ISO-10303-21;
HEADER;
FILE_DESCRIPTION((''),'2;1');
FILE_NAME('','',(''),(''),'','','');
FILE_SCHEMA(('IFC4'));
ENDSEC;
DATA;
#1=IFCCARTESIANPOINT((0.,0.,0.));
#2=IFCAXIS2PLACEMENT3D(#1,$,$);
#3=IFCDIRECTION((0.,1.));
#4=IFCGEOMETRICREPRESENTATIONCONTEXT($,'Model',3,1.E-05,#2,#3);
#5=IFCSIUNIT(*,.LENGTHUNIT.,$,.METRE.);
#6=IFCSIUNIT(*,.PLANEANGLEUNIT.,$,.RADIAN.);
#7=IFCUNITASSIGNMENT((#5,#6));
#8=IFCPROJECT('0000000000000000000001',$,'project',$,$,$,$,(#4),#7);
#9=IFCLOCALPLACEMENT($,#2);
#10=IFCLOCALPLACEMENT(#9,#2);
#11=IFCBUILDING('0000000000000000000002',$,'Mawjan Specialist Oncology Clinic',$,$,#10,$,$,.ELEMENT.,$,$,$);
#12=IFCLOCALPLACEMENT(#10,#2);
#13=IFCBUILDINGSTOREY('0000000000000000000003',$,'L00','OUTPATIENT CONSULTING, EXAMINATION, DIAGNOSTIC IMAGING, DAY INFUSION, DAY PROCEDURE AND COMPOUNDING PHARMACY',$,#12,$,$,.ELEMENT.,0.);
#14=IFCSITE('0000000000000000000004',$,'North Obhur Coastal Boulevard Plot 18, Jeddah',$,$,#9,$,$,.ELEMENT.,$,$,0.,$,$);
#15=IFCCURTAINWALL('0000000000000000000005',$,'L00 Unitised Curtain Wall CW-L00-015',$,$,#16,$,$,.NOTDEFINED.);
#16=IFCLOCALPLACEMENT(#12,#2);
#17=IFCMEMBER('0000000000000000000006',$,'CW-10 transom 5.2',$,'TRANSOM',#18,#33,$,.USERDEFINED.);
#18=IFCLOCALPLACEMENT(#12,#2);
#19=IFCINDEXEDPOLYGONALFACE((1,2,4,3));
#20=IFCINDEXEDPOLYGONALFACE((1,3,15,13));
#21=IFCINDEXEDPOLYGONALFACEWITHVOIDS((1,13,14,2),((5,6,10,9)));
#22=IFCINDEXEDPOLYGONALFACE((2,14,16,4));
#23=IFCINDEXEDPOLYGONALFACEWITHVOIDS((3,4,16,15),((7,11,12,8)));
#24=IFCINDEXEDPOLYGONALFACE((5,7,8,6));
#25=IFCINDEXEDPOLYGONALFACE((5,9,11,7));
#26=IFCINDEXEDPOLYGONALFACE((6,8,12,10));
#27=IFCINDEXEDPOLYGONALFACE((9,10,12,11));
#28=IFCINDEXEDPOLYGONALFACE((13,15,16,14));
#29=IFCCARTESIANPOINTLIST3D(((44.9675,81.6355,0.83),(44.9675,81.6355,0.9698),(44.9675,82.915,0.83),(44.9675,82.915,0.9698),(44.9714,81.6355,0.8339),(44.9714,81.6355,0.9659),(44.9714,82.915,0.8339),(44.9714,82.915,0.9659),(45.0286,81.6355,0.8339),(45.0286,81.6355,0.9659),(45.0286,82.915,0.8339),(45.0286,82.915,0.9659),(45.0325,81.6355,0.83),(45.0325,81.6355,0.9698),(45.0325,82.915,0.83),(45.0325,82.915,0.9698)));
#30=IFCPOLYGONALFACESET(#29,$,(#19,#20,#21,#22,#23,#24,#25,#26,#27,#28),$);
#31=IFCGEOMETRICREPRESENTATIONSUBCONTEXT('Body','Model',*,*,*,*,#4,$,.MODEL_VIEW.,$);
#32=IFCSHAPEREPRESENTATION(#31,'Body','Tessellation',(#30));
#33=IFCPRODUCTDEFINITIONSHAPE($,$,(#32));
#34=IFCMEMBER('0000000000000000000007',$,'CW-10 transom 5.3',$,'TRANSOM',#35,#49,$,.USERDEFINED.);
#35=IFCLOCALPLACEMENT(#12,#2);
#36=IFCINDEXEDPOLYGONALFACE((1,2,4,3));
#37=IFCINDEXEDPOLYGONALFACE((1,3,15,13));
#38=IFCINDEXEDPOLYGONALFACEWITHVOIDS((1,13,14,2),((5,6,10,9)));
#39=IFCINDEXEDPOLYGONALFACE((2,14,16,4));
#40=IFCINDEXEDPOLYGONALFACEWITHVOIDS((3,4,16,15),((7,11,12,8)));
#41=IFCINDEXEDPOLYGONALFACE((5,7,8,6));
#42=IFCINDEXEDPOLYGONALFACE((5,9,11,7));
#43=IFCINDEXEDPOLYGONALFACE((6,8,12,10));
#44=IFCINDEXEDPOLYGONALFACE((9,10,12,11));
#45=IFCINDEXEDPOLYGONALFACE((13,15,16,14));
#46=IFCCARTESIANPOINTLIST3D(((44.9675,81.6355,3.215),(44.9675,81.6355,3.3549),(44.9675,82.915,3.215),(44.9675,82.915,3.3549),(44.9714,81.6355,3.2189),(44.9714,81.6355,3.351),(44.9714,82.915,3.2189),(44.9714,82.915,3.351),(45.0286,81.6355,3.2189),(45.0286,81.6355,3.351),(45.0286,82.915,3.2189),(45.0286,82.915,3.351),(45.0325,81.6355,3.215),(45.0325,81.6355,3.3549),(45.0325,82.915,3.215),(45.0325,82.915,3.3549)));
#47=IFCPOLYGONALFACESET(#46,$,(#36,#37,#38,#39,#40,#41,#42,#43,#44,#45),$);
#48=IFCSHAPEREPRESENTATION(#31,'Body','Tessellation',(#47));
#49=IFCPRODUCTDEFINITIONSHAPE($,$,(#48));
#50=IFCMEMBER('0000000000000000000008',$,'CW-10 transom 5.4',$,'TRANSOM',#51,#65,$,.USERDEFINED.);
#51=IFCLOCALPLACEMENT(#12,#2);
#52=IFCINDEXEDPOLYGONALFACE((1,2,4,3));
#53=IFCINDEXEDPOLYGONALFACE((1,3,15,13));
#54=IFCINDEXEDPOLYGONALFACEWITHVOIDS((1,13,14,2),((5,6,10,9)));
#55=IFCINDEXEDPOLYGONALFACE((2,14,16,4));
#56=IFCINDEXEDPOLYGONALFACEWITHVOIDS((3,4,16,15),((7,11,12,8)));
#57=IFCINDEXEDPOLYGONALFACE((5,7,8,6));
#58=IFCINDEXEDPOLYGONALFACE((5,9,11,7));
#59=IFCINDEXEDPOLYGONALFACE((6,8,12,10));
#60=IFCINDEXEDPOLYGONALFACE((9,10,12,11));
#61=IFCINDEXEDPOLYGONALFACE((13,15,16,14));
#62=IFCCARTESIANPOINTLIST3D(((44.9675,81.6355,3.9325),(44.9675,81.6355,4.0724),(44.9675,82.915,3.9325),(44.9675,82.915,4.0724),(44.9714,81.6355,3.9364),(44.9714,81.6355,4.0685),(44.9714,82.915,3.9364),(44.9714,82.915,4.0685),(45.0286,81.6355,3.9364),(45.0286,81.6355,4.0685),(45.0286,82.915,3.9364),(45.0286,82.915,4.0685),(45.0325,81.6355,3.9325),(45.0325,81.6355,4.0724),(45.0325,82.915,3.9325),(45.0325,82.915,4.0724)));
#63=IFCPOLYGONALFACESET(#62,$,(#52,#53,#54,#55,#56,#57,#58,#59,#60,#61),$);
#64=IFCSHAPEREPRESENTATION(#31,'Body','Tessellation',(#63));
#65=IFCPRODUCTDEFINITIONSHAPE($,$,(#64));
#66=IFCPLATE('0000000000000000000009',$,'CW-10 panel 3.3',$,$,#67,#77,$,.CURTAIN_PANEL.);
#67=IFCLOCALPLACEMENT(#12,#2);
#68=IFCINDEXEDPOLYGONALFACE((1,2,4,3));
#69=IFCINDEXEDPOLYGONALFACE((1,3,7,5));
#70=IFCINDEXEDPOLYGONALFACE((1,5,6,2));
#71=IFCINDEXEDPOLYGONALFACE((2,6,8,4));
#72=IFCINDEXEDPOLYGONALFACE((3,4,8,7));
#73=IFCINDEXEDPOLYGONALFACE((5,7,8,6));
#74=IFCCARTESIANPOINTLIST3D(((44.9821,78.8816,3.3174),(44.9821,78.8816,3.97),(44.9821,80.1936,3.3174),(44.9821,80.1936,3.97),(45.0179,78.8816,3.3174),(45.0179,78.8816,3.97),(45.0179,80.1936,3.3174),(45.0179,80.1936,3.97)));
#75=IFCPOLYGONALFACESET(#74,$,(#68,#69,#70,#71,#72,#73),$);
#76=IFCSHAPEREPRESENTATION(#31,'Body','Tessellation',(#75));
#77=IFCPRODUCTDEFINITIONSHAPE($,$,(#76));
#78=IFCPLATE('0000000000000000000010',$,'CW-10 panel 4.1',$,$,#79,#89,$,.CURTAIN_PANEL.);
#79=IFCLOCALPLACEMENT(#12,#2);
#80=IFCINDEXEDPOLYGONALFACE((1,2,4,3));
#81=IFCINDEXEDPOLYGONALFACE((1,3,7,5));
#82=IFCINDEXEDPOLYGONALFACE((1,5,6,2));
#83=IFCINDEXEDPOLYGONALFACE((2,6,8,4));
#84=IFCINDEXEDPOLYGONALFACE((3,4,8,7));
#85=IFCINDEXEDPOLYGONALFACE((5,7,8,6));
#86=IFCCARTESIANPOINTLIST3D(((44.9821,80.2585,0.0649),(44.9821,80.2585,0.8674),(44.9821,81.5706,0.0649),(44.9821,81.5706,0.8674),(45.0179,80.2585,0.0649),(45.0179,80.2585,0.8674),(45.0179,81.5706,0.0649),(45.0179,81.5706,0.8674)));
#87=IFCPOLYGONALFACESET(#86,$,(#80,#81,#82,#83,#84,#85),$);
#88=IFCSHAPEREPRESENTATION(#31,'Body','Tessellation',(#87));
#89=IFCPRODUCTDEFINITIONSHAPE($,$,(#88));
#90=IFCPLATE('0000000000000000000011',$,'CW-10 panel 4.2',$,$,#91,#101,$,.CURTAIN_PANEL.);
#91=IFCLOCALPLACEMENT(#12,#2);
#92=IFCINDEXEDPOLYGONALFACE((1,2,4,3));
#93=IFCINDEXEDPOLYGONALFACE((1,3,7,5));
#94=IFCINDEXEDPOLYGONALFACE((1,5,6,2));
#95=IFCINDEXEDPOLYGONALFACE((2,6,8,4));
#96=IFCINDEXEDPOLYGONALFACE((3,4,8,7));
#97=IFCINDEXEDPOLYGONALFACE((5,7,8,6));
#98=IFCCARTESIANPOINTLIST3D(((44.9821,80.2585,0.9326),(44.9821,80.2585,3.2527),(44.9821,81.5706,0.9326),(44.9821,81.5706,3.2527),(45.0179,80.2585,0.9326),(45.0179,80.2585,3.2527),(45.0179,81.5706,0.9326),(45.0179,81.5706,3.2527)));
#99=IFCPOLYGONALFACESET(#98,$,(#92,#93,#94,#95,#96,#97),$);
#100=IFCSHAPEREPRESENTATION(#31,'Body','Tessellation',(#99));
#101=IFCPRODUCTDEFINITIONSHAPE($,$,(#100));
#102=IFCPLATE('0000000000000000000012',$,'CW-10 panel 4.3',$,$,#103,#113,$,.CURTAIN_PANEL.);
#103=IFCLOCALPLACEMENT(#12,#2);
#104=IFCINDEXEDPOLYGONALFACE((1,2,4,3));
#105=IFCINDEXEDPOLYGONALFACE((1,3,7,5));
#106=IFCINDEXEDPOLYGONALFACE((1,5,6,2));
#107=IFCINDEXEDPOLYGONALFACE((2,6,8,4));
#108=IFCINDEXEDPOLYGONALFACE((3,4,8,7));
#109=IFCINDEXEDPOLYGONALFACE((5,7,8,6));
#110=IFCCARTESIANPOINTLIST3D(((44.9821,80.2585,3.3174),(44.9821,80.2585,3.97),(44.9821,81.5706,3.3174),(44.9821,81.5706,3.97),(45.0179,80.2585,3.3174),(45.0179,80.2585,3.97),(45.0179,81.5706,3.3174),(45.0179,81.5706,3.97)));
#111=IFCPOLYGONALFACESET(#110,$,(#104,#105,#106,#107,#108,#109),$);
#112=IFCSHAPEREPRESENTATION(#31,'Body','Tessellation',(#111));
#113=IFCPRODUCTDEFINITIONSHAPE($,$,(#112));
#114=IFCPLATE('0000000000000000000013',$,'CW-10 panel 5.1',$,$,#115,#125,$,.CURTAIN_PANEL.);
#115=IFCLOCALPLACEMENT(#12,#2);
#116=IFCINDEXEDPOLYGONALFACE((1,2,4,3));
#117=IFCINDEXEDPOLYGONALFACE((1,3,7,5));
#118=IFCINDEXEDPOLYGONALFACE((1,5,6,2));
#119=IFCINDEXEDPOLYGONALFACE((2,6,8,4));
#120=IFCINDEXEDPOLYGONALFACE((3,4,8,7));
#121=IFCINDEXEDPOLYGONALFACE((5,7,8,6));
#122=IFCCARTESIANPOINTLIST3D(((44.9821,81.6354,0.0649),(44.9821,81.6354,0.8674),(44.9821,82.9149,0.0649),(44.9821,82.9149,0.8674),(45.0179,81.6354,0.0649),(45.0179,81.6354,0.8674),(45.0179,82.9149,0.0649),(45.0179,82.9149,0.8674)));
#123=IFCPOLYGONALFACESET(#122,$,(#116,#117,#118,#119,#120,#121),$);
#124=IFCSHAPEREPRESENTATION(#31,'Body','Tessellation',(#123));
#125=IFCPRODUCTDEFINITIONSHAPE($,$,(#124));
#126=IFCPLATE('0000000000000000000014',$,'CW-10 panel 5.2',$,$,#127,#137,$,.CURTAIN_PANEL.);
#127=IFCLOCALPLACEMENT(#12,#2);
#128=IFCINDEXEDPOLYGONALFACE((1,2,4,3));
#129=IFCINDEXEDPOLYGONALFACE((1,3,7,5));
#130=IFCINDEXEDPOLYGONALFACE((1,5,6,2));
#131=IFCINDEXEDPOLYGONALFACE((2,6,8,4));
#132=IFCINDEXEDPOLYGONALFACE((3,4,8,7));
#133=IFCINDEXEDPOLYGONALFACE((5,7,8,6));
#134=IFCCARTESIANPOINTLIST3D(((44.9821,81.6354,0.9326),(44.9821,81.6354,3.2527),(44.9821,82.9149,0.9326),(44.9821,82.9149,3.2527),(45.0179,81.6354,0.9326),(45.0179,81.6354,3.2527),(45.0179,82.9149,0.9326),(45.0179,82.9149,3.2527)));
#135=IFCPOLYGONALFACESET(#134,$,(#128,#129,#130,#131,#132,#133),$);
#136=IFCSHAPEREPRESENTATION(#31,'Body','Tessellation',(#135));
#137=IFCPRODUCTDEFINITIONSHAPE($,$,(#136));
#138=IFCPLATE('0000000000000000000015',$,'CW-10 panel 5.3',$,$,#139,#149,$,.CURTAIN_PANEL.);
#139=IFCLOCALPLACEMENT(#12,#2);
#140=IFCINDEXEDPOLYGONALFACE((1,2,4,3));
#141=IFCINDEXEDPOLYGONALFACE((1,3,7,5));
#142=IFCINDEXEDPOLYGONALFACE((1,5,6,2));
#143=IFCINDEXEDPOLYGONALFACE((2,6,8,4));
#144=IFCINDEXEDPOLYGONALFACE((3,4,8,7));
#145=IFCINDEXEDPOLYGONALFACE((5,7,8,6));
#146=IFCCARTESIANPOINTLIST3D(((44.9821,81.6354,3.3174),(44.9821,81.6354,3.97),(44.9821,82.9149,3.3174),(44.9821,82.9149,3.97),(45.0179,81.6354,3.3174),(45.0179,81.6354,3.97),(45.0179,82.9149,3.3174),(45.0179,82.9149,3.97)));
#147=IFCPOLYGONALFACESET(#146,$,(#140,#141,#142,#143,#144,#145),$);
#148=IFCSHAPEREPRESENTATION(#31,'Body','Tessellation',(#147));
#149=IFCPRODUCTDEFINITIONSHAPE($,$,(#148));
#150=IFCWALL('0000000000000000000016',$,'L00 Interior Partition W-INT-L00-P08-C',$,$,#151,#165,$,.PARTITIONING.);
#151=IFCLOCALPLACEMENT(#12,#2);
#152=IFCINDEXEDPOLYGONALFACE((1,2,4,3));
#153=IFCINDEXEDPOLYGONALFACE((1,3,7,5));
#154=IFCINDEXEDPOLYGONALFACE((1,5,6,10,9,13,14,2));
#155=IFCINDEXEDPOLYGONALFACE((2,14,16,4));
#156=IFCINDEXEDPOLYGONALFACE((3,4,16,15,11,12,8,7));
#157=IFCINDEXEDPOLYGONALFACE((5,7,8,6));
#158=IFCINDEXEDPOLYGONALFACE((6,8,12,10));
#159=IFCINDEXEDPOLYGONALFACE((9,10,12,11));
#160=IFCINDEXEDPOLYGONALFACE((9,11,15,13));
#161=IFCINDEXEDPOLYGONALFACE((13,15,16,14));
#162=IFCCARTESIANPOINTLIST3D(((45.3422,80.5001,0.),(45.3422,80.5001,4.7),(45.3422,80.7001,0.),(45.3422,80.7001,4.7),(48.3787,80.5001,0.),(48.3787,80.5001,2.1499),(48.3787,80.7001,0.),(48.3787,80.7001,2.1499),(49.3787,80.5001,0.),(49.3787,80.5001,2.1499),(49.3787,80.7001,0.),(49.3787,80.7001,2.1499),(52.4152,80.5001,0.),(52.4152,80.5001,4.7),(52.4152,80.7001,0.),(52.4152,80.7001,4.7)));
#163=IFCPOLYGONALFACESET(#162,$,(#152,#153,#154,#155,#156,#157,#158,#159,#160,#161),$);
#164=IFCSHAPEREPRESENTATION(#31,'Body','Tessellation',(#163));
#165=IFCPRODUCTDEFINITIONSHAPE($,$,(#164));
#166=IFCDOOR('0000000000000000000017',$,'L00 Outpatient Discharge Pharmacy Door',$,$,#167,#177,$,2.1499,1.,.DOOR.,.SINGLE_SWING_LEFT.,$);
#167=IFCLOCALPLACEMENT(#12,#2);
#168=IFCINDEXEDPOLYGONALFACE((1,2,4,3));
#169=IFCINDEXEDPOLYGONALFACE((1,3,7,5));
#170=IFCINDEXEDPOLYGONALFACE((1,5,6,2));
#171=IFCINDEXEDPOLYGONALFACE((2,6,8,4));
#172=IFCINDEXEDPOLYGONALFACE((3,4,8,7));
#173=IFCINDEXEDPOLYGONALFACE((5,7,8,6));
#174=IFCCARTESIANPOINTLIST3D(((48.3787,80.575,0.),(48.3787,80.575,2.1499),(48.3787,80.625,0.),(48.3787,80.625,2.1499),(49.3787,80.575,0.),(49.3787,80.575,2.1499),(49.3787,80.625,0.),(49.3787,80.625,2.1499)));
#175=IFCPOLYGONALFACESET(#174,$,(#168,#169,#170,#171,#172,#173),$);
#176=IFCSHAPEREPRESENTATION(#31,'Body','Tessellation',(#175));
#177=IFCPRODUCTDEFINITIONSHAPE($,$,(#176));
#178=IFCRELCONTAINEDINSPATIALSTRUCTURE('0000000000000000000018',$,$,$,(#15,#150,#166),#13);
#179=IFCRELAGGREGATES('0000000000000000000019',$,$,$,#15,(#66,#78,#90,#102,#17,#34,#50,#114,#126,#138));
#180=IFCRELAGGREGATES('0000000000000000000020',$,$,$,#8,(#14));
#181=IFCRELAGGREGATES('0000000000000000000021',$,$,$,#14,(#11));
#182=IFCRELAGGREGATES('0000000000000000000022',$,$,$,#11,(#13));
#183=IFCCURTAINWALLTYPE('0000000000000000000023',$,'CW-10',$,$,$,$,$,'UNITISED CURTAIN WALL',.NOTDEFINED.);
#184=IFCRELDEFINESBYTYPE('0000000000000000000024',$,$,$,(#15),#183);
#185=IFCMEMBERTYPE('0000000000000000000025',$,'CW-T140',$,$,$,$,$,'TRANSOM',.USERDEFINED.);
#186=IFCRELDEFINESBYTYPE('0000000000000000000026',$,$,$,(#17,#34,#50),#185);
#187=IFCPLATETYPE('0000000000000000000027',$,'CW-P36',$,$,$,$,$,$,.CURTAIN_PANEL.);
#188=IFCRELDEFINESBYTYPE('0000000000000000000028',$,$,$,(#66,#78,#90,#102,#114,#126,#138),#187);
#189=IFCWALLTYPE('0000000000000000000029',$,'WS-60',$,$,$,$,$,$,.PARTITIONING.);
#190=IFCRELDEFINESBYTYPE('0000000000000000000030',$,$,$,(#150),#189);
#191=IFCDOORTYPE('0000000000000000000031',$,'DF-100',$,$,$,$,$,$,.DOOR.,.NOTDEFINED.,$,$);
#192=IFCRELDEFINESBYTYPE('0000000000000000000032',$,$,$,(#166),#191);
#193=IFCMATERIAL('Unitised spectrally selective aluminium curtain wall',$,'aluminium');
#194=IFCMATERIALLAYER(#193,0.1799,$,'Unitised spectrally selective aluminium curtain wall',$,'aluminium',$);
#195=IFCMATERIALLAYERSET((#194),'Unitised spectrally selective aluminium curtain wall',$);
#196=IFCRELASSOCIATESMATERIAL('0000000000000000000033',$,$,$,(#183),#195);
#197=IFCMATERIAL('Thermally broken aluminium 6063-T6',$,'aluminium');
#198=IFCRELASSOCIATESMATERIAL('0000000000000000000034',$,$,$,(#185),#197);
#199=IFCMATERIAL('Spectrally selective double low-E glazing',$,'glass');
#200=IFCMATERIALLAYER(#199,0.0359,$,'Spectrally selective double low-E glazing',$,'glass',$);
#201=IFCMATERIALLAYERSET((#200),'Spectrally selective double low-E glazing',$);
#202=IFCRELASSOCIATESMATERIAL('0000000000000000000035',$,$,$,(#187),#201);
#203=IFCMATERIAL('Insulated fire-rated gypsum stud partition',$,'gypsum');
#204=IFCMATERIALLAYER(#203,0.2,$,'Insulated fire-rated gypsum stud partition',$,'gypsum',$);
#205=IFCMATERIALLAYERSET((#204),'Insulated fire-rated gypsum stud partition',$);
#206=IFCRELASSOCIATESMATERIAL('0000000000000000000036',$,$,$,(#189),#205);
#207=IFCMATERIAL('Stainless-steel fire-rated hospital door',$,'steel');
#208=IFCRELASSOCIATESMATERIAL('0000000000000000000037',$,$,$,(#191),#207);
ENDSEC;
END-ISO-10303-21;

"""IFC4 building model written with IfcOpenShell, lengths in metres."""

from ifc_helpers import new_model, si_unit, direction, frame, frame_2d, origin, origin_2d, place, context, subcontext, project, spatial, rectangle, hollow_rectangle, extrude, material, layer, layer_set, material_profile, profile_set, type_object, element, fill, aggregate, save


model = new_model("IFC4")

# Units and contexts
model_context = context("Model", 3, precision=1e-05, world=origin(), true_north=direction((0.0, 1.0)))
body_context = subcontext(model_context, "Body", "Model", "MODEL_VIEW")
ifc_project = project(units=[si_unit("LENGTHUNIT", "METRE"), si_unit("PLANEANGLEUNIT", "RADIAN")], contexts=[model_context])

# Site, building, storey
site_placement = place(None, origin())
site = spatial("IfcSite", under=ifc_project, at=site_placement, Name="North Obhur Coastal Boulevard Plot 18, Jeddah", CompositionType="ELEMENT", RefElevation=0.0)
building_placement = place(site_placement, origin())
building = spatial("IfcBuilding", under=site, at=building_placement, Name="Mawjan Specialist Oncology Clinic", CompositionType="ELEMENT")
storey_placement = place(building_placement, origin())
storey = spatial("IfcBuildingStorey", under=building, at=storey_placement, Name="L00", Description="OUTPATIENT CONSULTING, EXAMINATION, DIAGNOSTIC IMAGING, DAY INFUSION, DAY PROCEDURE AND COMPOUNDING PHARMACY", CompositionType="ELEMENT", Elevation=0.0)

# Curtain wall, members, plates
ifc_material_1 = material(Name="Unitised spectrally selective aluminium curtain wall", Category="aluminium")
ifc_layer_1 = layer(ifc_material_1, 0.1799, Name="Unitised spectrally selective aluminium curtain wall", Category="aluminium")
ifc_layer_set_1 = layer_set([ifc_layer_1], Name="Unitised spectrally selective aluminium curtain wall")
curtain_wall_type = type_object("IfcCurtainWallType", Name="CW-10", ElementType="UNITISED CURTAIN WALL", PredefinedType="NOTDEFINED", material=ifc_layer_set_1)
curtain_wall_placement = place(storey_placement, origin())
curtain_wall = element("IfcCurtainWall", 1, at=curtain_wall_placement, inside=storey, type_object=curtain_wall_type, Name="L00 Unitised Curtain Wall CW-L00-015", PredefinedType="NOTDEFINED")
ifc_material_2 = material(Name="Thermally broken aluminium 6063-T6", Category="aluminium")
ifc_material_profile_1 = material_profile(ifc_material_2, hollow_rectangle(XDim=0.0649, YDim=0.1399, WallThickness=0.0039, at=origin_2d()), Name="ALU TRANSOM 140x65x4", Category="aluminium")
ifc_profile_set_1 = profile_set([ifc_material_profile_1], Name="Thermally broken aluminium 6063-T6")
member_type_1 = type_object("IfcMemberType", Name="CW-T140", ElementType="TRANSOM", PredefinedType="USERDEFINED", material=ifc_profile_set_1)
member_1_placement = place(storey_placement, frame((45.0, 81.6355, 0.8999), z_axis=(0.0, 1.0, 0.0), x_axis=(-1.0, 0.0, 0.0)))
member_1 = element("IfcMember", 2, at=member_1_placement, type_object=member_type_1, Name="CW-10 transom 5.2", ObjectType="TRANSOM", PredefinedType="USERDEFINED", context=body_context, shape_type="SweptSolid", body=[
    extrude(hollow_rectangle(XDim=0.0649, YDim=0.1399, WallThickness=0.0039, at=origin_2d()), origin(), (0.0, 0.0, 1.0), 1.2795),
])
member_2_placement = place(storey_placement, frame((45.0, 81.6355, 3.2849), z_axis=(0.0, 1.0, 0.0), x_axis=(-1.0, 0.0, 0.0)))
member_2 = element("IfcMember", 3, at=member_2_placement, type_object=member_type_1, Name="CW-10 transom 5.3", ObjectType="TRANSOM", PredefinedType="USERDEFINED", context=body_context, shape_type="SweptSolid", body=[
    extrude(hollow_rectangle(XDim=0.0649, YDim=0.1399, WallThickness=0.0039, at=origin_2d()), origin(), (0.0, 0.0, 1.0), 1.2795),
])
member_3_placement = place(storey_placement, frame((45.0, 81.6355, 4.0024), z_axis=(0.0, 1.0, 0.0), x_axis=(-1.0, 0.0, 0.0)))
member_3 = element("IfcMember", 4, at=member_3_placement, type_object=member_type_1, Name="CW-10 transom 5.4", ObjectType="TRANSOM", PredefinedType="USERDEFINED", context=body_context, shape_type="SweptSolid", body=[
    extrude(hollow_rectangle(XDim=0.0649, YDim=0.1399, WallThickness=0.0039, at=origin_2d()), origin(), (0.0, 0.0, 1.0), 1.2795),
])
ifc_material_3 = material(Name="Spectrally selective double low-E glazing", Category="glass")
ifc_layer_2 = layer(ifc_material_3, 0.0359, Name="Spectrally selective double low-E glazing", Category="glass")
ifc_layer_set_2 = layer_set([ifc_layer_2], Name="Spectrally selective double low-E glazing")
plate_type = type_object("IfcPlateType", Name="CW-P36", PredefinedType="CURTAIN_PANEL", material=ifc_layer_set_2)
plate_1_placement = place(storey_placement, frame((45.0, 79.5376, 3.3174), z_axis=(0.0, 0.0, 1.0), x_axis=(0.0, 1.0, 0.0)))
plate_1 = element("IfcPlate", 5, at=plate_1_placement, type_object=plate_type, Name="CW-10 panel 3.3", PredefinedType="CURTAIN_PANEL", context=body_context, shape_type="SweptSolid", body=[
    extrude(rectangle(XDim=1.312, YDim=0.0359, at=origin_2d()), origin(), (0.0, 0.0, 1.0), 0.6526),
])
plate_2_placement = place(storey_placement, frame((45.0, 80.9146, 0.0649), z_axis=(0.0, 0.0, 1.0), x_axis=(0.0, 1.0, 0.0)))
plate_2 = element("IfcPlate", 6, at=plate_2_placement, type_object=plate_type, Name="CW-10 panel 4.1", PredefinedType="CURTAIN_PANEL", context=body_context, shape_type="SweptSolid", body=[
    extrude(rectangle(XDim=1.312, YDim=0.0359, at=origin_2d()), origin(), (0.0, 0.0, 1.0), 0.8025),
])
plate_3_placement = place(storey_placement, frame((45.0, 80.9146, 0.9326), z_axis=(0.0, 0.0, 1.0), x_axis=(0.0, 1.0, 0.0)))
plate_3 = element("IfcPlate", 7, at=plate_3_placement, type_object=plate_type, Name="CW-10 panel 4.2", PredefinedType="CURTAIN_PANEL", context=body_context, shape_type="SweptSolid", body=[
    extrude(rectangle(XDim=1.312, YDim=0.0359, at=origin_2d()), origin(), (0.0, 0.0, 1.0), 2.3201),
])
plate_4_placement = place(storey_placement, frame((45.0, 80.9146, 3.3174), z_axis=(0.0, 0.0, 1.0), x_axis=(0.0, 1.0, 0.0)))
plate_4 = element("IfcPlate", 8, at=plate_4_placement, type_object=plate_type, Name="CW-10 panel 4.3", PredefinedType="CURTAIN_PANEL", context=body_context, shape_type="SweptSolid", body=[
    extrude(rectangle(XDim=1.312, YDim=0.0359, at=origin_2d()), origin(), (0.0, 0.0, 1.0), 0.6526),
])
plate_5_placement = place(storey_placement, frame((45.0, 82.2751, 0.0649), z_axis=(0.0, 0.0, 1.0), x_axis=(0.0, 1.0, 0.0)))
plate_5 = element("IfcPlate", 9, at=plate_5_placement, type_object=plate_type, Name="CW-10 panel 5.1", PredefinedType="CURTAIN_PANEL", context=body_context, shape_type="SweptSolid", body=[
    extrude(rectangle(XDim=1.2795, YDim=0.0359, at=origin_2d()), origin(), (0.0, 0.0, 1.0), 0.8025),
])
plate_6_placement = place(storey_placement, frame((45.0, 82.2751, 0.9326), z_axis=(0.0, 0.0, 1.0), x_axis=(0.0, 1.0, 0.0)))
plate_6 = element("IfcPlate", 10, at=plate_6_placement, type_object=plate_type, Name="CW-10 panel 5.2", PredefinedType="CURTAIN_PANEL", context=body_context, shape_type="SweptSolid", body=[
    extrude(rectangle(XDim=1.2795, YDim=0.0359, at=origin_2d()), origin(), (0.0, 0.0, 1.0), 2.3201),
])
plate_7_placement = place(storey_placement, frame((45.0, 82.2751, 3.3174), z_axis=(0.0, 0.0, 1.0), x_axis=(0.0, 1.0, 0.0)))
plate_7 = element("IfcPlate", 11, at=plate_7_placement, type_object=plate_type, Name="CW-10 panel 5.3", PredefinedType="CURTAIN_PANEL", context=body_context, shape_type="SweptSolid", body=[
    extrude(rectangle(XDim=1.2795, YDim=0.0359, at=origin_2d()), origin(), (0.0, 0.0, 1.0), 0.6526),
])
aggregate(curtain_wall, [plate_1, plate_2, plate_3, plate_4, member_1, member_2, member_3, plate_5, plate_6, plate_7])

# Wall, opening, door
ifc_material_4 = material(Name="Insulated fire-rated gypsum stud partition", Category="gypsum")
ifc_layer_3 = layer(ifc_material_4, 0.2, Name="Insulated fire-rated gypsum stud partition", Category="gypsum")
ifc_layer_set_3 = layer_set([ifc_layer_3], Name="Insulated fire-rated gypsum stud partition")
wall_type = type_object("IfcWallType", Name="WS-60", PredefinedType="PARTITIONING", material=ifc_layer_set_3)
wall_placement = place(storey_placement, frame((45.342, 80.6001, 0.0), z_axis=(0.0, 0.0, 1.0), x_axis=(1.0, 0.0, 0.0)))
wall = element("IfcWall", 12, at=wall_placement, inside=storey, type_object=wall_type, Name="L00 Interior Partition W-INT-L00-P08-C", PredefinedType="PARTITIONING", context=body_context, shape_type="SweptSolid", body=[
    extrude(rectangle(XDim=7.073, YDim=0.2, at=frame_2d((3.5366, 0.0))), origin(), (0.0, 0.0, 1.0), 4.7),
])
opening_placement = place(wall_placement, frame((3.0366, 0.0, 0.0)))
opening = element("IfcOpeningElement", 13, at=opening_placement, cuts=wall, PredefinedType="OPENING", context=body_context, shape_type="SweptSolid", body=[
    extrude(rectangle(XDim=1.0, YDim=2.1499, at=frame_2d((0.5, 1.075))), frame((0.0, 0.1121, 0.0), z_axis=(0.0, -1.0, 0.0), x_axis=(1.0, 0.0, 0.0)), (0.0, 0.0, 1.0), 0.2239),
])
ifc_material_5 = material(Name="Stainless-steel fire-rated hospital door", Category="steel")
door_type = type_object("IfcDoorType", Name="DF-100", OperationType="NOTDEFINED", PredefinedType="DOOR", material=ifc_material_5)
door_placement = place(opening_placement, origin())
door = element("IfcDoor", 14, at=door_placement, inside=storey, type_object=door_type, Name="L00 Outpatient Discharge Pharmacy Door", OperationType="SINGLE_SWING_LEFT", OverallHeight=2.1499, OverallWidth=1.0, PredefinedType="DOOR", context=body_context, shape_type="SweptSolid", body=[
    extrude(rectangle(XDim=1.0, YDim=2.1499, at=frame_2d((0.5, 1.075))), frame((0.0, 0.0249, 0.0), z_axis=(0.0, -1.0, 0.0), x_axis=(1.0, 0.0, 0.0)), (0.0, 0.0, 1.0), 0.05),
])
fill(opening, door)

save(model, "model.ifc")
